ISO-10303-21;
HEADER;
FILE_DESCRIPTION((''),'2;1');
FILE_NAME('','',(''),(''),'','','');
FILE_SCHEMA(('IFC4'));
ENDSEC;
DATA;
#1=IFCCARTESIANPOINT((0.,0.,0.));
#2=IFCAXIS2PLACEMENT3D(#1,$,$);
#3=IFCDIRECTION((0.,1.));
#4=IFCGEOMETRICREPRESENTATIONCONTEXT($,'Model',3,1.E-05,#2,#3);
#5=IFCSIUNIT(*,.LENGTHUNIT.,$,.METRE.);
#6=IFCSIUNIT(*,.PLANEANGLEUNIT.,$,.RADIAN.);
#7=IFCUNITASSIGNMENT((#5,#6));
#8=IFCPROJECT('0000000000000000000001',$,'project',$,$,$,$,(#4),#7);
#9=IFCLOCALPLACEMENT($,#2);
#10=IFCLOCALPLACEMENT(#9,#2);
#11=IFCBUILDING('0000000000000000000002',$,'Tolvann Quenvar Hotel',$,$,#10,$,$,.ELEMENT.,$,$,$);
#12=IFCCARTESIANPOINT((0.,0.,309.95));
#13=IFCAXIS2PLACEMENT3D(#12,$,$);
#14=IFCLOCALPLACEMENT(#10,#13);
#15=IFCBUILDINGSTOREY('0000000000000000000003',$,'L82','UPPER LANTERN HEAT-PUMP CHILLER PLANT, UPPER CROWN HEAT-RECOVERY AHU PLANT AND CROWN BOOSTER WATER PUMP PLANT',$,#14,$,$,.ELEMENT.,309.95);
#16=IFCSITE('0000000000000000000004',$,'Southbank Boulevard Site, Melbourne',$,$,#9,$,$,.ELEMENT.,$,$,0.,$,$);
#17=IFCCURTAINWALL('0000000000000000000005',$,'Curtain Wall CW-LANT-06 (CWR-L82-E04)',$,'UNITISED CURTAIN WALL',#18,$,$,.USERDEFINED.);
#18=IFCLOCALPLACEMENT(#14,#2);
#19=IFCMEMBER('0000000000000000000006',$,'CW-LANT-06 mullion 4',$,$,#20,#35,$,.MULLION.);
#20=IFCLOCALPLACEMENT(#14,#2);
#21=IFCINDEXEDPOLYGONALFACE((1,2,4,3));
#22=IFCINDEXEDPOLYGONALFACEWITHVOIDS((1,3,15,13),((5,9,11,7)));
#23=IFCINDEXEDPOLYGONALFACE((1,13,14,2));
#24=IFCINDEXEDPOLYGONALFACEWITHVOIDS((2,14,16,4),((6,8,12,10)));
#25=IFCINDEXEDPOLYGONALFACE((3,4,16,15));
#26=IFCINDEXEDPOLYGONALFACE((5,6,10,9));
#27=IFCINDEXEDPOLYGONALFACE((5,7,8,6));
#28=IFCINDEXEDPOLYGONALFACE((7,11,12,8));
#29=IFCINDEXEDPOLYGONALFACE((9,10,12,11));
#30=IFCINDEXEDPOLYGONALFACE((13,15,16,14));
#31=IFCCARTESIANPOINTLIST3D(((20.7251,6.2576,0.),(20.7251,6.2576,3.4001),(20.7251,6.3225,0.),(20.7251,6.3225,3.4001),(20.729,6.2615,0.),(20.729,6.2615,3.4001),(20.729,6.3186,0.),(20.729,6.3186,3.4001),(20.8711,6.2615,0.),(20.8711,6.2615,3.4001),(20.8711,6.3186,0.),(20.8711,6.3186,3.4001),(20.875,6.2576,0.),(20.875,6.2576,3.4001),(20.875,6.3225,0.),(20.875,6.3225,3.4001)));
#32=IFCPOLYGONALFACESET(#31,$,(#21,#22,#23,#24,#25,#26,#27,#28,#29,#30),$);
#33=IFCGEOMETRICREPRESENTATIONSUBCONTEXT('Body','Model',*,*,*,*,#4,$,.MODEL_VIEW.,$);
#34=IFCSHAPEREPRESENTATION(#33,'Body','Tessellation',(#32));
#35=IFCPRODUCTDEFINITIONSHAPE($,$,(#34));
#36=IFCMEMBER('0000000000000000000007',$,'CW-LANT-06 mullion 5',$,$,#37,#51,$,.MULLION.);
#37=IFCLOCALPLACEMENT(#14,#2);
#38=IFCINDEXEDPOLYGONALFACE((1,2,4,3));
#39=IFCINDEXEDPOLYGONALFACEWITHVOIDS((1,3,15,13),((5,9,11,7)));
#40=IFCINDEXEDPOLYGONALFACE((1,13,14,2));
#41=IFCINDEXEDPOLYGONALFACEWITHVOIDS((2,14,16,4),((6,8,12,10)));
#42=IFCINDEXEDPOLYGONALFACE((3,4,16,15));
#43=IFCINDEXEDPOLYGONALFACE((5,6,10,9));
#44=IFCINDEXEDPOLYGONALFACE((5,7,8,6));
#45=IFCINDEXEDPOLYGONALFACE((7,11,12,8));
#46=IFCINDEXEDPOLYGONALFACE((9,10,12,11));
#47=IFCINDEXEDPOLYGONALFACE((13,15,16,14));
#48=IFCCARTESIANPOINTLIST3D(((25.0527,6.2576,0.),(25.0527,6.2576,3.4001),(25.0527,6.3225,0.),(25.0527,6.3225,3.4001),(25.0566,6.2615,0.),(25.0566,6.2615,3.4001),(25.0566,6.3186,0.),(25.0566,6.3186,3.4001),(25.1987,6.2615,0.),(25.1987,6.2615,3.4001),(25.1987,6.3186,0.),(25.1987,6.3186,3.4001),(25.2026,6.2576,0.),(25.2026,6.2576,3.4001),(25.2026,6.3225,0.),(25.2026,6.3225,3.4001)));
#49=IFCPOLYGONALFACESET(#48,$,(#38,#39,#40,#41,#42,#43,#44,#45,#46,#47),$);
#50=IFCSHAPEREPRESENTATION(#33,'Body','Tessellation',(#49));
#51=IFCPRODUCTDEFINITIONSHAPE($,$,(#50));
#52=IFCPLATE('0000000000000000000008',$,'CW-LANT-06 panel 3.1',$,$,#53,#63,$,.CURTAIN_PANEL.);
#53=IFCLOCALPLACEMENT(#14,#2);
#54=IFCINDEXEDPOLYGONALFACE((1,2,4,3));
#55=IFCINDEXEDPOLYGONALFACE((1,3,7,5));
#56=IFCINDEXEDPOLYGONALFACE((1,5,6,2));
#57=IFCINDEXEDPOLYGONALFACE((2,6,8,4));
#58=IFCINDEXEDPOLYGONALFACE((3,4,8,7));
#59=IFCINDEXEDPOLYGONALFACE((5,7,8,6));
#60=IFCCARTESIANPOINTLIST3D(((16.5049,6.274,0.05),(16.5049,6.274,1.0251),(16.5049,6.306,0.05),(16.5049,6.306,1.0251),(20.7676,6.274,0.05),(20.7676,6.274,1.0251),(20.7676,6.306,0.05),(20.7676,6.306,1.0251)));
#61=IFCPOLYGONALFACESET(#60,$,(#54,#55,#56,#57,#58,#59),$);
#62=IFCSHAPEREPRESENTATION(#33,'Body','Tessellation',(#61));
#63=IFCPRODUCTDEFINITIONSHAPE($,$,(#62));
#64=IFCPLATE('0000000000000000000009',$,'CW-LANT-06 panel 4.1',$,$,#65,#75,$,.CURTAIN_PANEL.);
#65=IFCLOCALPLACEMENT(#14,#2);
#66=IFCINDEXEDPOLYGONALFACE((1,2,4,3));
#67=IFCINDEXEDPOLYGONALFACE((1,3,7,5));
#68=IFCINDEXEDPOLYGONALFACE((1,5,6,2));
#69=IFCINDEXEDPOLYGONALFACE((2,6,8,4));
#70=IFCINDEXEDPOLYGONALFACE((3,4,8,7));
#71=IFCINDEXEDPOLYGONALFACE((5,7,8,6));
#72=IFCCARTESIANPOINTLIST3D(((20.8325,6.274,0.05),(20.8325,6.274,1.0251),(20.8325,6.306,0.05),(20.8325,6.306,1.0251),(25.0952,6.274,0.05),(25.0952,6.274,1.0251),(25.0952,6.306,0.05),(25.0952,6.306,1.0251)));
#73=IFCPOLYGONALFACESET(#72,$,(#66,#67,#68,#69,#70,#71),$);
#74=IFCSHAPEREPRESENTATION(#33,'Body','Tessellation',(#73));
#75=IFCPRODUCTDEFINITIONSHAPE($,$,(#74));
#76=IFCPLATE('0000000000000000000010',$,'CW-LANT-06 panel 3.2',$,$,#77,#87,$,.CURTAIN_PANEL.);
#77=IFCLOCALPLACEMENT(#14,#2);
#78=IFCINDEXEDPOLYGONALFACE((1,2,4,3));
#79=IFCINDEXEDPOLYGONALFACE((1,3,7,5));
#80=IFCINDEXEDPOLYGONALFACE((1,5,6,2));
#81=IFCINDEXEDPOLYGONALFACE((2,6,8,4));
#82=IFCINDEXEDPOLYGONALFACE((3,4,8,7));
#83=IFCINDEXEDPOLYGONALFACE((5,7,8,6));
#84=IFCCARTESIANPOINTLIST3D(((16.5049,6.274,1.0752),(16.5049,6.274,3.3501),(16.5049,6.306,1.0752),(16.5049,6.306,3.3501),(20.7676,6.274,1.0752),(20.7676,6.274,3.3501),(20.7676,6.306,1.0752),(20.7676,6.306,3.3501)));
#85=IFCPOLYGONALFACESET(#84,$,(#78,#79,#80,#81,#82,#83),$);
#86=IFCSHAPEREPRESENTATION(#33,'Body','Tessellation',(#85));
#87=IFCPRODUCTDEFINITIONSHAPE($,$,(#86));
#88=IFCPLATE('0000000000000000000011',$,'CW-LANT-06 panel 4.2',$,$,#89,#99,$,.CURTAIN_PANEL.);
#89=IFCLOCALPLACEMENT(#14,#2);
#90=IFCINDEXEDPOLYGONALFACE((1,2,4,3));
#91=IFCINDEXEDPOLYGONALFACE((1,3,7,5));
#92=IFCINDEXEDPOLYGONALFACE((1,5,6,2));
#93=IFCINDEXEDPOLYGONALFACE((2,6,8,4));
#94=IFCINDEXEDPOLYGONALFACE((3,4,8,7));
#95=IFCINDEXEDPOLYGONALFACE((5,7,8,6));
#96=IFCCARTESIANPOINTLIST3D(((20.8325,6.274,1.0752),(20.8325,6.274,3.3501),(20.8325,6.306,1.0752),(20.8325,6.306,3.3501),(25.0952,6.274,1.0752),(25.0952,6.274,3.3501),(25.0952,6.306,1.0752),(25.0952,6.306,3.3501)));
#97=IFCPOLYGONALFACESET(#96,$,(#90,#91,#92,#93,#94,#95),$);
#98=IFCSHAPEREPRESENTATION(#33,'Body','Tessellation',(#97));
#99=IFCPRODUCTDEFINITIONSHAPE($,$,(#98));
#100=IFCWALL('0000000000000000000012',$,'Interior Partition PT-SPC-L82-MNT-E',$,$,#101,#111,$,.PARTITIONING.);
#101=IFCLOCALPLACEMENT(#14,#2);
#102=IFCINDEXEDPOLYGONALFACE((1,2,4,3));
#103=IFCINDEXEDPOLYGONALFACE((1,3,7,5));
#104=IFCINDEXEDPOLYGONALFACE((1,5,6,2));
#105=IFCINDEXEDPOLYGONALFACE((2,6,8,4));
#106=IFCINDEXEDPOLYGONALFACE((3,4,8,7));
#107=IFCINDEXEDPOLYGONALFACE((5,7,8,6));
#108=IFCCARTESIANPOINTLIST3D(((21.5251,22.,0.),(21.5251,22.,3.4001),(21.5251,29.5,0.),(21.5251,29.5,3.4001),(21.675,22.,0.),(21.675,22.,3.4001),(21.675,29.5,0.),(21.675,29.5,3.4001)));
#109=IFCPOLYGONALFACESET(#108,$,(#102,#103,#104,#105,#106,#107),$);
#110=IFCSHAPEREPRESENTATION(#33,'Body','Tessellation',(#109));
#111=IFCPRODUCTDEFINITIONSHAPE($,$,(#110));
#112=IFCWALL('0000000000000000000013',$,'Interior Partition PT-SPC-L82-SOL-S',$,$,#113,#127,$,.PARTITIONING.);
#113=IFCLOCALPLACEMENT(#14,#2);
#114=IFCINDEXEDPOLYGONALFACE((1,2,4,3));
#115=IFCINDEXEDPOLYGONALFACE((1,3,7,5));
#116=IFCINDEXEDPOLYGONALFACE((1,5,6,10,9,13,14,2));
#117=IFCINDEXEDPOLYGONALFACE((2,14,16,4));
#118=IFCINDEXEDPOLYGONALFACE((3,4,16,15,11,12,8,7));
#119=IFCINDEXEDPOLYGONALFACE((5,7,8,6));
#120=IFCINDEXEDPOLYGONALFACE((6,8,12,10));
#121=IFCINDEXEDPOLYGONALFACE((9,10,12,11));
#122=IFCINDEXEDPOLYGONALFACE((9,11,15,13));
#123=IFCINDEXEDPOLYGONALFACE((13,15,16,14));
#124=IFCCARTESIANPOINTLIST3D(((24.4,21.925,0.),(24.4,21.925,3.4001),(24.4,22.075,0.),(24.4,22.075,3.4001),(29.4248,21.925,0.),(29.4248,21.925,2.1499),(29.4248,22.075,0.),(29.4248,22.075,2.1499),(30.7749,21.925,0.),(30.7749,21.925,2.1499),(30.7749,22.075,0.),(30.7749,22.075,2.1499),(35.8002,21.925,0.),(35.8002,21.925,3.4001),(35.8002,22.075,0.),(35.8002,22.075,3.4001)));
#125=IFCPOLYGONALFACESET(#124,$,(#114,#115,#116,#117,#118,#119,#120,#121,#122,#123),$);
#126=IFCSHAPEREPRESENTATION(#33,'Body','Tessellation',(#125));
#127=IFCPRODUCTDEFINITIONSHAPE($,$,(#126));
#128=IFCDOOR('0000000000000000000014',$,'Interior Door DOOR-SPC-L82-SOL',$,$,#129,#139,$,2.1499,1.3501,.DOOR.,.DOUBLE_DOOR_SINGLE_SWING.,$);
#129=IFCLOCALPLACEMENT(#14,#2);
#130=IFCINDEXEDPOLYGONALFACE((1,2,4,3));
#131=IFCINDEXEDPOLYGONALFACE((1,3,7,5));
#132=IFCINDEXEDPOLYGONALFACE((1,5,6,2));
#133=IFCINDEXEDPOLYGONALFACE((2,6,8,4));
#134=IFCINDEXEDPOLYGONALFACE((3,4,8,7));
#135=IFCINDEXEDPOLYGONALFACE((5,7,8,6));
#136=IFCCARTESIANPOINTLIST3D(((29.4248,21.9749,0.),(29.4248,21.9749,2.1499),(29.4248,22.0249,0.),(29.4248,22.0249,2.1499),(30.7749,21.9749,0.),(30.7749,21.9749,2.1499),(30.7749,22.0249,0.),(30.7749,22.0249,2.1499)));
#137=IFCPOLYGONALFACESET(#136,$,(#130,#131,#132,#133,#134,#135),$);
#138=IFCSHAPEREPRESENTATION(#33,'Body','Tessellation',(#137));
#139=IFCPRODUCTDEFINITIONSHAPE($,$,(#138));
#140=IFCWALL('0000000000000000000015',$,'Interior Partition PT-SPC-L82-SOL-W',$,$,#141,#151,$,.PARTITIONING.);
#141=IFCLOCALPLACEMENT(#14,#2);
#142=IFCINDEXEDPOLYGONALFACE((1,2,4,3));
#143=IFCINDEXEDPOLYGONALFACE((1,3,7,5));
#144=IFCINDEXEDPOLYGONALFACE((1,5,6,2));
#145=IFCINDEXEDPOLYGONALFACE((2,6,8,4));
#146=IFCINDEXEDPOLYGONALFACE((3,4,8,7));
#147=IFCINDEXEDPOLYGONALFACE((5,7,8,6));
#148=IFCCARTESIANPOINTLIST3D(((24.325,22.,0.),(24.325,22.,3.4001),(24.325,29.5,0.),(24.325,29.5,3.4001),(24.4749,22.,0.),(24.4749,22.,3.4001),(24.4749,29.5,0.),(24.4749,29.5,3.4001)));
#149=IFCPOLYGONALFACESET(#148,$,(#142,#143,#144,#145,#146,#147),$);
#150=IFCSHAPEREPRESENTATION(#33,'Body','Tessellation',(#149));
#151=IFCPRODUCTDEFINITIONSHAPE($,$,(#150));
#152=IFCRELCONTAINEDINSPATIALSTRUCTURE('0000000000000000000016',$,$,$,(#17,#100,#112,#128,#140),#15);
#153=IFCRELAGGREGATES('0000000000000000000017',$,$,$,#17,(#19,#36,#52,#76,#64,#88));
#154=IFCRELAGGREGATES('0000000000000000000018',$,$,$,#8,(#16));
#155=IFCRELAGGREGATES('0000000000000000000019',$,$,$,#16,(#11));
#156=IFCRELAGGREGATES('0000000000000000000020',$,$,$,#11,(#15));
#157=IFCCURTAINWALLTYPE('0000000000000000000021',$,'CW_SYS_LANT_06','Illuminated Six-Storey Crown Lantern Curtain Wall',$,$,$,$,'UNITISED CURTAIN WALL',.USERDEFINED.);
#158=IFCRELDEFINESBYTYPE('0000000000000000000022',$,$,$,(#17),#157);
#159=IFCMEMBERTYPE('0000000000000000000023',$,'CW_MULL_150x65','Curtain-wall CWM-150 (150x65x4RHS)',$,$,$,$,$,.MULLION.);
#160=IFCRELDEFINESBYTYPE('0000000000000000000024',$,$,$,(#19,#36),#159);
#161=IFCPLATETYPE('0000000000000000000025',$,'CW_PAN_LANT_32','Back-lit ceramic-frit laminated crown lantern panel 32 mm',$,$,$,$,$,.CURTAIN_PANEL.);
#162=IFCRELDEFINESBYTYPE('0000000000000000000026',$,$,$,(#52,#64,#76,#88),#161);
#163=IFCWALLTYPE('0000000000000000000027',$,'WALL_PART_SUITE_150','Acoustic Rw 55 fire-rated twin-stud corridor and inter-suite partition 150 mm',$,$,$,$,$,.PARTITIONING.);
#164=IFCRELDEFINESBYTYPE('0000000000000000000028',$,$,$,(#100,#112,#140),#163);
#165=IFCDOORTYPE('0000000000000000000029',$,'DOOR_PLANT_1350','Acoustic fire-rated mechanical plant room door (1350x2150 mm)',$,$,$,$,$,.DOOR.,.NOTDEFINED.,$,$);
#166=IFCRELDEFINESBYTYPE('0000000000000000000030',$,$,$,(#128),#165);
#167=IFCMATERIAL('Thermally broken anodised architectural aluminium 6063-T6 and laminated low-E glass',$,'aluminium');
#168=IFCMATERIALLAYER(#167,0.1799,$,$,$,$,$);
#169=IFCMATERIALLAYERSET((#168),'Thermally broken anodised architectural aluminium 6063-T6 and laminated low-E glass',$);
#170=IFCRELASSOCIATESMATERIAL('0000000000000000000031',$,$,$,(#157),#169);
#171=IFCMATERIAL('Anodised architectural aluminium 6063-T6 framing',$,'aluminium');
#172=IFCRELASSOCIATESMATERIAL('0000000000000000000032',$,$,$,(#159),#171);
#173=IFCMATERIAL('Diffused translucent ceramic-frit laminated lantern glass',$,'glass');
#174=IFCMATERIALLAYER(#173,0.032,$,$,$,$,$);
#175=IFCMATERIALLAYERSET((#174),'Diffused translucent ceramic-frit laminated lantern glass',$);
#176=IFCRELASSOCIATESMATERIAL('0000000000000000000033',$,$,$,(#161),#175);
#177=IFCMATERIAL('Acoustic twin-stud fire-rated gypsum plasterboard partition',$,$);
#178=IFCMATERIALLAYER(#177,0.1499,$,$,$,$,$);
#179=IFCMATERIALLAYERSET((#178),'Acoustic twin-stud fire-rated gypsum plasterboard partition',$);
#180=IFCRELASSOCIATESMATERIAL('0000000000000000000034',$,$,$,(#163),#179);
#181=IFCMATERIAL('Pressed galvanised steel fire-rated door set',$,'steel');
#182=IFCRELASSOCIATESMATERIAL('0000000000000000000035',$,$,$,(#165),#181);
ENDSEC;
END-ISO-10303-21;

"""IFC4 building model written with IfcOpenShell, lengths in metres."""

from ifc_helpers import new_model, si_unit, direction, frame, frame_2d, origin, origin_2d, place, context, subcontext, project, spatial, rectangle, hollow_rectangle, extrude, source, transform, mapped, material, layer, layer_set, material_profile, profile_set, type_object, type_shapes, element, fill, aggregate, save


model = new_model("IFC4")

# Units and contexts
model_context = context("Model", 3, precision=1e-05, world=origin(), true_north=direction((0.0, 1.0)))
body_context = subcontext(model_context, "Body", "Model", "MODEL_VIEW")
ifc_project = project(units=[si_unit("LENGTHUNIT", "METRE"), si_unit("PLANEANGLEUNIT", "RADIAN")], contexts=[model_context])

# Site, building, storey
site_placement = place(None, origin())
site = spatial("IfcSite", under=ifc_project, at=site_placement, Name="Southbank Boulevard Site, Melbourne", CompositionType="ELEMENT", RefElevation=0.0)
building_placement = place(site_placement, origin())
building = spatial("IfcBuilding", under=site, at=building_placement, Name="Tolvann Quenvar Hotel", CompositionType="ELEMENT")
storey_placement = place(building_placement, frame((0.0, 0.0, 309.95)))
storey = spatial("IfcBuildingStorey", under=building, at=storey_placement, Name="L82", Description="UPPER LANTERN HEAT-PUMP CHILLER PLANT, UPPER CROWN HEAT-RECOVERY AHU PLANT AND CROWN BOOSTER WATER PUMP PLANT", CompositionType="ELEMENT", Elevation=309.95)

# Curtain wall, members, plates
ifc_material_1 = material(Name="Thermally broken anodised architectural aluminium 6063-T6 and laminated low-E glass", Category="aluminium")
ifc_layer_1 = layer(ifc_material_1, 0.1799)
ifc_layer_set_1 = layer_set([ifc_layer_1], Name="Thermally broken anodised architectural aluminium 6063-T6 and laminated low-E glass")
curtain_wall_type = type_object("IfcCurtainWallType", Name="CW_SYS_LANT_06", Description="Illuminated Six-Storey Crown Lantern Curtain Wall", ElementType="UNITISED CURTAIN WALL", PredefinedType="USERDEFINED", material=ifc_layer_set_1)
curtain_wall_placement = place(storey_placement, origin())
curtain_wall = element("IfcCurtainWall", 1, at=curtain_wall_placement, inside=storey, type_object=curtain_wall_type, Name="Curtain Wall CW-LANT-06 (CWR-L82-E04)", ObjectType="UNITISED CURTAIN WALL", PredefinedType="USERDEFINED")
ifc_material_2 = material(Name="Anodised architectural aluminium 6063-T6 framing", Category="aluminium")
ifc_material_profile_1 = material_profile(ifc_material_2, hollow_rectangle(XDim=0.0649, YDim=0.1499, WallThickness=0.0039, at=origin_2d()), Name="150x65x4RHS")
ifc_profile_set_1 = profile_set([ifc_material_profile_1], Name="Anodised architectural aluminium 6063-T6 framing")
member_type_1 = type_object("IfcMemberType", Name="CW_MULL_150x65", Description="Curtain-wall CWM-150 (150x65x4RHS)", PredefinedType="MULLION", material=ifc_profile_set_1)
shared_shape_1 = source(origin(), body_context, "Body", "SweptSolid", [
    extrude(hollow_rectangle(XDim=0.0649, YDim=0.1499, WallThickness=0.0039, at=origin_2d()), origin(), (0.0, 0.0, 1.0), 3.4001),
])
type_shapes(member_type_1, [shared_shape_1])
member_1_placement = place(storey_placement, frame((20.8, 6.29, 0.0), z_axis=(0.0, 0.0, 1.0), x_axis=(0.0, 1.0, 0.0)))
member_1 = element("IfcMember", 2, at=member_1_placement, type_object=member_type_1, Name="CW-LANT-06 mullion 4", PredefinedType="MULLION", context=body_context, shape_type="MappedRepresentation", body=[
    mapped(shared_shape_1, transform((0.0, 0.0, 0.0), x_axis=(1.0, 0.0, 0.0), y_axis=(0.0, 1.0, 0.0), z_axis=(0.0, 0.0, 1.0), scale=1.0)),
])
member_2_placement = place(storey_placement, frame((25.1277, 6.29, 0.0), z_axis=(0.0, 0.0, 1.0), x_axis=(0.0, 1.0, 0.0)))
member_2 = element("IfcMember", 3, at=member_2_placement, type_object=member_type_1, Name="CW-LANT-06 mullion 5", PredefinedType="MULLION", context=body_context, shape_type="MappedRepresentation", body=[
    mapped(shared_shape_1, transform((0.0, 0.0, 0.0), x_axis=(1.0, 0.0, 0.0), y_axis=(0.0, 1.0, 0.0), z_axis=(0.0, 0.0, 1.0), scale=1.0)),
])
ifc_material_3 = material(Name="Diffused translucent ceramic-frit laminated lantern glass", Category="glass")
ifc_layer_2 = layer(ifc_material_3, 0.032)
ifc_layer_set_2 = layer_set([ifc_layer_2], Name="Diffused translucent ceramic-frit laminated lantern glass")
plate_type = type_object("IfcPlateType", Name="CW_PAN_LANT_32", Description="Back-lit ceramic-frit laminated crown lantern panel 32 mm", PredefinedType="CURTAIN_PANEL", material=ifc_layer_set_2)
shared_shape_2 = source(origin(), body_context, "Body", "SweptSolid", [
    extrude(rectangle(XDim=4.2627, YDim=0.032, at=origin_2d()), origin(), (0.0, 0.0, 1.0), 0.9751),
])
plate_1_placement = place(storey_placement, frame((18.6362, 6.29, 0.05), z_axis=(0.0, 0.0, 1.0), x_axis=(1.0, 0.0, 0.0)))
plate_1 = element("IfcPlate", 4, at=plate_1_placement, type_object=plate_type, Name="CW-LANT-06 panel 3.1", PredefinedType="CURTAIN_PANEL", context=body_context, shape_type="MappedRepresentation", body=[
    mapped(shared_shape_2, transform((0.0, 0.0, 0.0), x_axis=(1.0, 0.0, 0.0), y_axis=(0.0, 1.0, 0.0), z_axis=(0.0, 0.0, 1.0), scale=1.0)),
])
plate_2_placement = place(storey_placement, frame((22.9639, 6.29, 0.05), z_axis=(0.0, 0.0, 1.0), x_axis=(1.0, 0.0, 0.0)))
plate_2 = element("IfcPlate", 5, at=plate_2_placement, type_object=plate_type, Name="CW-LANT-06 panel 4.1", PredefinedType="CURTAIN_PANEL", context=body_context, shape_type="MappedRepresentation", body=[
    mapped(shared_shape_2, transform((0.0, 0.0, 0.0), x_axis=(1.0, 0.0, 0.0), y_axis=(0.0, 1.0, 0.0), z_axis=(0.0, 0.0, 1.0), scale=1.0)),
])
shared_shape_3 = source(origin(), body_context, "Body", "SweptSolid", [
    extrude(rectangle(XDim=4.2627, YDim=0.032, at=origin_2d()), origin(), (0.0, 0.0, 1.0), 2.2749),
])
type_shapes(plate_type, [shared_shape_2, shared_shape_3])
plate_3_placement = place(storey_placement, frame((18.6362, 6.29, 1.0752), z_axis=(0.0, 0.0, 1.0), x_axis=(1.0, 0.0, 0.0)))
plate_3 = element("IfcPlate", 6, at=plate_3_placement, type_object=plate_type, Name="CW-LANT-06 panel 3.2", PredefinedType="CURTAIN_PANEL", context=body_context, shape_type="MappedRepresentation", body=[
    mapped(shared_shape_3, transform((0.0, 0.0, 0.0), x_axis=(1.0, 0.0, 0.0), y_axis=(0.0, 1.0, 0.0), z_axis=(0.0, 0.0, 1.0), scale=1.0)),
])
plate_4_placement = place(storey_placement, frame((22.9639, 6.29, 1.0752), z_axis=(0.0, 0.0, 1.0), x_axis=(1.0, 0.0, 0.0)))
plate_4 = element("IfcPlate", 7, at=plate_4_placement, type_object=plate_type, Name="CW-LANT-06 panel 4.2", PredefinedType="CURTAIN_PANEL", context=body_context, shape_type="MappedRepresentation", body=[
    mapped(shared_shape_3, transform((0.0, 0.0, 0.0), x_axis=(1.0, 0.0, 0.0), y_axis=(0.0, 1.0, 0.0), z_axis=(0.0, 0.0, 1.0), scale=1.0)),
])
aggregate(curtain_wall, [member_1, member_2, plate_1, plate_3, plate_2, plate_4])

# Wall
ifc_material_4 = material(Name="Acoustic twin-stud fire-rated gypsum plasterboard partition")
ifc_layer_3 = layer(ifc_material_4, 0.1499)
ifc_layer_set_3 = layer_set([ifc_layer_3], Name="Acoustic twin-stud fire-rated gypsum plasterboard partition")
wall_type = type_object("IfcWallType", Name="WALL_PART_SUITE_150", Description="Acoustic Rw 55 fire-rated twin-stud corridor and inter-suite partition 150 mm", PredefinedType="PARTITIONING", material=ifc_layer_set_3)
wall_1_placement = place(storey_placement, frame((21.6001, 22.0, 0.0), z_axis=(0.0, 0.0, 1.0), x_axis=(0.0, 1.0, 0.0)))
element("IfcWall", 8, at=wall_1_placement, inside=storey, type_object=wall_type, Name="Interior Partition PT-SPC-L82-MNT-E", PredefinedType="PARTITIONING", context=body_context, shape_type="SweptSolid", body=[
    extrude(rectangle(XDim=7.5, YDim=0.1499, at=frame_2d((3.75, 0.0))), origin(), (0.0, 0.0, 1.0), 3.4001),
])

# Wall, opening, door
wall_2_placement = place(storey_placement, frame((24.3999, 22.0, 0.0), z_axis=(0.0, 0.0, 1.0), x_axis=(1.0, 0.0, 0.0)))
wall_2 = element("IfcWall", 9, at=wall_2_placement, inside=storey, type_object=wall_type, Name="Interior Partition PT-SPC-L82-SOL-S", PredefinedType="PARTITIONING", context=body_context, shape_type="SweptSolid", body=[
    extrude(rectangle(XDim=11.4001, YDim=0.1499, at=frame_2d((5.7002, 0.0))), origin(), (0.0, 0.0, 1.0), 3.4001),
])
opening_placement = place(wall_2_placement, frame((5.0249, 0.0, 0.0)))
opening = element("IfcOpeningElement", 10, at=opening_placement, cuts=wall_2, PredefinedType="OPENING", context=body_context, shape_type="SweptSolid", body=[
    extrude(rectangle(XDim=1.3501, YDim=2.1499, at=frame_2d((0.675, 1.075))), frame((0.0, 0.085, 0.0), z_axis=(0.0, -1.0, 0.0), x_axis=(1.0, 0.0, 0.0)), (0.0, 0.0, 1.0), 0.1699),
])
ifc_material_5 = material(Name="Pressed galvanised steel fire-rated door set", Category="steel")
door_type = type_object("IfcDoorType", Name="DOOR_PLANT_1350", Description="Acoustic fire-rated mechanical plant room door (1350x2150 mm)", OperationType="NOTDEFINED", PredefinedType="DOOR", material=ifc_material_5)
shared_shape_4 = source(origin(), body_context, "Body", "SweptSolid", [
    extrude(rectangle(XDim=1.3501, YDim=2.1499, at=frame_2d((0.675, 1.075))), frame((0.0, 0.0249, 0.0), z_axis=(0.0, -1.0, 0.0), x_axis=(1.0, 0.0, 0.0)), (0.0, 0.0, 1.0), 0.05),
])
type_shapes(door_type, [shared_shape_4])
door_placement = place(opening_placement, origin())
door = element("IfcDoor", 11, at=door_placement, inside=storey, type_object=door_type, Name="Interior Door DOOR-SPC-L82-SOL", OperationType="DOUBLE_DOOR_SINGLE_SWING", OverallHeight=2.1499, OverallWidth=1.3501, PredefinedType="DOOR", context=body_context, shape_type="MappedRepresentation", body=[
    mapped(shared_shape_4, transform((0.0, 0.0, 0.0), x_axis=(1.0, 0.0, 0.0), y_axis=(0.0, 1.0, 0.0), z_axis=(0.0, 0.0, 1.0), scale=1.0)),
])
fill(opening, door)

# Wall
wall_3_placement = place(storey_placement, frame((24.3999, 22.0, 0.0), z_axis=(0.0, 0.0, 1.0), x_axis=(0.0, 1.0, 0.0)))
element("IfcWall", 12, at=wall_3_placement, inside=storey, type_object=wall_type, Name="Interior Partition PT-SPC-L82-SOL-W", PredefinedType="PARTITIONING", context=body_context, shape_type="SweptSolid", body=[
    extrude(rectangle(XDim=7.5, YDim=0.1499, at=frame_2d((3.75, 0.0))), origin(), (0.0, 0.0, 1.0), 3.4001),
])

save(model, "model.ifc")
